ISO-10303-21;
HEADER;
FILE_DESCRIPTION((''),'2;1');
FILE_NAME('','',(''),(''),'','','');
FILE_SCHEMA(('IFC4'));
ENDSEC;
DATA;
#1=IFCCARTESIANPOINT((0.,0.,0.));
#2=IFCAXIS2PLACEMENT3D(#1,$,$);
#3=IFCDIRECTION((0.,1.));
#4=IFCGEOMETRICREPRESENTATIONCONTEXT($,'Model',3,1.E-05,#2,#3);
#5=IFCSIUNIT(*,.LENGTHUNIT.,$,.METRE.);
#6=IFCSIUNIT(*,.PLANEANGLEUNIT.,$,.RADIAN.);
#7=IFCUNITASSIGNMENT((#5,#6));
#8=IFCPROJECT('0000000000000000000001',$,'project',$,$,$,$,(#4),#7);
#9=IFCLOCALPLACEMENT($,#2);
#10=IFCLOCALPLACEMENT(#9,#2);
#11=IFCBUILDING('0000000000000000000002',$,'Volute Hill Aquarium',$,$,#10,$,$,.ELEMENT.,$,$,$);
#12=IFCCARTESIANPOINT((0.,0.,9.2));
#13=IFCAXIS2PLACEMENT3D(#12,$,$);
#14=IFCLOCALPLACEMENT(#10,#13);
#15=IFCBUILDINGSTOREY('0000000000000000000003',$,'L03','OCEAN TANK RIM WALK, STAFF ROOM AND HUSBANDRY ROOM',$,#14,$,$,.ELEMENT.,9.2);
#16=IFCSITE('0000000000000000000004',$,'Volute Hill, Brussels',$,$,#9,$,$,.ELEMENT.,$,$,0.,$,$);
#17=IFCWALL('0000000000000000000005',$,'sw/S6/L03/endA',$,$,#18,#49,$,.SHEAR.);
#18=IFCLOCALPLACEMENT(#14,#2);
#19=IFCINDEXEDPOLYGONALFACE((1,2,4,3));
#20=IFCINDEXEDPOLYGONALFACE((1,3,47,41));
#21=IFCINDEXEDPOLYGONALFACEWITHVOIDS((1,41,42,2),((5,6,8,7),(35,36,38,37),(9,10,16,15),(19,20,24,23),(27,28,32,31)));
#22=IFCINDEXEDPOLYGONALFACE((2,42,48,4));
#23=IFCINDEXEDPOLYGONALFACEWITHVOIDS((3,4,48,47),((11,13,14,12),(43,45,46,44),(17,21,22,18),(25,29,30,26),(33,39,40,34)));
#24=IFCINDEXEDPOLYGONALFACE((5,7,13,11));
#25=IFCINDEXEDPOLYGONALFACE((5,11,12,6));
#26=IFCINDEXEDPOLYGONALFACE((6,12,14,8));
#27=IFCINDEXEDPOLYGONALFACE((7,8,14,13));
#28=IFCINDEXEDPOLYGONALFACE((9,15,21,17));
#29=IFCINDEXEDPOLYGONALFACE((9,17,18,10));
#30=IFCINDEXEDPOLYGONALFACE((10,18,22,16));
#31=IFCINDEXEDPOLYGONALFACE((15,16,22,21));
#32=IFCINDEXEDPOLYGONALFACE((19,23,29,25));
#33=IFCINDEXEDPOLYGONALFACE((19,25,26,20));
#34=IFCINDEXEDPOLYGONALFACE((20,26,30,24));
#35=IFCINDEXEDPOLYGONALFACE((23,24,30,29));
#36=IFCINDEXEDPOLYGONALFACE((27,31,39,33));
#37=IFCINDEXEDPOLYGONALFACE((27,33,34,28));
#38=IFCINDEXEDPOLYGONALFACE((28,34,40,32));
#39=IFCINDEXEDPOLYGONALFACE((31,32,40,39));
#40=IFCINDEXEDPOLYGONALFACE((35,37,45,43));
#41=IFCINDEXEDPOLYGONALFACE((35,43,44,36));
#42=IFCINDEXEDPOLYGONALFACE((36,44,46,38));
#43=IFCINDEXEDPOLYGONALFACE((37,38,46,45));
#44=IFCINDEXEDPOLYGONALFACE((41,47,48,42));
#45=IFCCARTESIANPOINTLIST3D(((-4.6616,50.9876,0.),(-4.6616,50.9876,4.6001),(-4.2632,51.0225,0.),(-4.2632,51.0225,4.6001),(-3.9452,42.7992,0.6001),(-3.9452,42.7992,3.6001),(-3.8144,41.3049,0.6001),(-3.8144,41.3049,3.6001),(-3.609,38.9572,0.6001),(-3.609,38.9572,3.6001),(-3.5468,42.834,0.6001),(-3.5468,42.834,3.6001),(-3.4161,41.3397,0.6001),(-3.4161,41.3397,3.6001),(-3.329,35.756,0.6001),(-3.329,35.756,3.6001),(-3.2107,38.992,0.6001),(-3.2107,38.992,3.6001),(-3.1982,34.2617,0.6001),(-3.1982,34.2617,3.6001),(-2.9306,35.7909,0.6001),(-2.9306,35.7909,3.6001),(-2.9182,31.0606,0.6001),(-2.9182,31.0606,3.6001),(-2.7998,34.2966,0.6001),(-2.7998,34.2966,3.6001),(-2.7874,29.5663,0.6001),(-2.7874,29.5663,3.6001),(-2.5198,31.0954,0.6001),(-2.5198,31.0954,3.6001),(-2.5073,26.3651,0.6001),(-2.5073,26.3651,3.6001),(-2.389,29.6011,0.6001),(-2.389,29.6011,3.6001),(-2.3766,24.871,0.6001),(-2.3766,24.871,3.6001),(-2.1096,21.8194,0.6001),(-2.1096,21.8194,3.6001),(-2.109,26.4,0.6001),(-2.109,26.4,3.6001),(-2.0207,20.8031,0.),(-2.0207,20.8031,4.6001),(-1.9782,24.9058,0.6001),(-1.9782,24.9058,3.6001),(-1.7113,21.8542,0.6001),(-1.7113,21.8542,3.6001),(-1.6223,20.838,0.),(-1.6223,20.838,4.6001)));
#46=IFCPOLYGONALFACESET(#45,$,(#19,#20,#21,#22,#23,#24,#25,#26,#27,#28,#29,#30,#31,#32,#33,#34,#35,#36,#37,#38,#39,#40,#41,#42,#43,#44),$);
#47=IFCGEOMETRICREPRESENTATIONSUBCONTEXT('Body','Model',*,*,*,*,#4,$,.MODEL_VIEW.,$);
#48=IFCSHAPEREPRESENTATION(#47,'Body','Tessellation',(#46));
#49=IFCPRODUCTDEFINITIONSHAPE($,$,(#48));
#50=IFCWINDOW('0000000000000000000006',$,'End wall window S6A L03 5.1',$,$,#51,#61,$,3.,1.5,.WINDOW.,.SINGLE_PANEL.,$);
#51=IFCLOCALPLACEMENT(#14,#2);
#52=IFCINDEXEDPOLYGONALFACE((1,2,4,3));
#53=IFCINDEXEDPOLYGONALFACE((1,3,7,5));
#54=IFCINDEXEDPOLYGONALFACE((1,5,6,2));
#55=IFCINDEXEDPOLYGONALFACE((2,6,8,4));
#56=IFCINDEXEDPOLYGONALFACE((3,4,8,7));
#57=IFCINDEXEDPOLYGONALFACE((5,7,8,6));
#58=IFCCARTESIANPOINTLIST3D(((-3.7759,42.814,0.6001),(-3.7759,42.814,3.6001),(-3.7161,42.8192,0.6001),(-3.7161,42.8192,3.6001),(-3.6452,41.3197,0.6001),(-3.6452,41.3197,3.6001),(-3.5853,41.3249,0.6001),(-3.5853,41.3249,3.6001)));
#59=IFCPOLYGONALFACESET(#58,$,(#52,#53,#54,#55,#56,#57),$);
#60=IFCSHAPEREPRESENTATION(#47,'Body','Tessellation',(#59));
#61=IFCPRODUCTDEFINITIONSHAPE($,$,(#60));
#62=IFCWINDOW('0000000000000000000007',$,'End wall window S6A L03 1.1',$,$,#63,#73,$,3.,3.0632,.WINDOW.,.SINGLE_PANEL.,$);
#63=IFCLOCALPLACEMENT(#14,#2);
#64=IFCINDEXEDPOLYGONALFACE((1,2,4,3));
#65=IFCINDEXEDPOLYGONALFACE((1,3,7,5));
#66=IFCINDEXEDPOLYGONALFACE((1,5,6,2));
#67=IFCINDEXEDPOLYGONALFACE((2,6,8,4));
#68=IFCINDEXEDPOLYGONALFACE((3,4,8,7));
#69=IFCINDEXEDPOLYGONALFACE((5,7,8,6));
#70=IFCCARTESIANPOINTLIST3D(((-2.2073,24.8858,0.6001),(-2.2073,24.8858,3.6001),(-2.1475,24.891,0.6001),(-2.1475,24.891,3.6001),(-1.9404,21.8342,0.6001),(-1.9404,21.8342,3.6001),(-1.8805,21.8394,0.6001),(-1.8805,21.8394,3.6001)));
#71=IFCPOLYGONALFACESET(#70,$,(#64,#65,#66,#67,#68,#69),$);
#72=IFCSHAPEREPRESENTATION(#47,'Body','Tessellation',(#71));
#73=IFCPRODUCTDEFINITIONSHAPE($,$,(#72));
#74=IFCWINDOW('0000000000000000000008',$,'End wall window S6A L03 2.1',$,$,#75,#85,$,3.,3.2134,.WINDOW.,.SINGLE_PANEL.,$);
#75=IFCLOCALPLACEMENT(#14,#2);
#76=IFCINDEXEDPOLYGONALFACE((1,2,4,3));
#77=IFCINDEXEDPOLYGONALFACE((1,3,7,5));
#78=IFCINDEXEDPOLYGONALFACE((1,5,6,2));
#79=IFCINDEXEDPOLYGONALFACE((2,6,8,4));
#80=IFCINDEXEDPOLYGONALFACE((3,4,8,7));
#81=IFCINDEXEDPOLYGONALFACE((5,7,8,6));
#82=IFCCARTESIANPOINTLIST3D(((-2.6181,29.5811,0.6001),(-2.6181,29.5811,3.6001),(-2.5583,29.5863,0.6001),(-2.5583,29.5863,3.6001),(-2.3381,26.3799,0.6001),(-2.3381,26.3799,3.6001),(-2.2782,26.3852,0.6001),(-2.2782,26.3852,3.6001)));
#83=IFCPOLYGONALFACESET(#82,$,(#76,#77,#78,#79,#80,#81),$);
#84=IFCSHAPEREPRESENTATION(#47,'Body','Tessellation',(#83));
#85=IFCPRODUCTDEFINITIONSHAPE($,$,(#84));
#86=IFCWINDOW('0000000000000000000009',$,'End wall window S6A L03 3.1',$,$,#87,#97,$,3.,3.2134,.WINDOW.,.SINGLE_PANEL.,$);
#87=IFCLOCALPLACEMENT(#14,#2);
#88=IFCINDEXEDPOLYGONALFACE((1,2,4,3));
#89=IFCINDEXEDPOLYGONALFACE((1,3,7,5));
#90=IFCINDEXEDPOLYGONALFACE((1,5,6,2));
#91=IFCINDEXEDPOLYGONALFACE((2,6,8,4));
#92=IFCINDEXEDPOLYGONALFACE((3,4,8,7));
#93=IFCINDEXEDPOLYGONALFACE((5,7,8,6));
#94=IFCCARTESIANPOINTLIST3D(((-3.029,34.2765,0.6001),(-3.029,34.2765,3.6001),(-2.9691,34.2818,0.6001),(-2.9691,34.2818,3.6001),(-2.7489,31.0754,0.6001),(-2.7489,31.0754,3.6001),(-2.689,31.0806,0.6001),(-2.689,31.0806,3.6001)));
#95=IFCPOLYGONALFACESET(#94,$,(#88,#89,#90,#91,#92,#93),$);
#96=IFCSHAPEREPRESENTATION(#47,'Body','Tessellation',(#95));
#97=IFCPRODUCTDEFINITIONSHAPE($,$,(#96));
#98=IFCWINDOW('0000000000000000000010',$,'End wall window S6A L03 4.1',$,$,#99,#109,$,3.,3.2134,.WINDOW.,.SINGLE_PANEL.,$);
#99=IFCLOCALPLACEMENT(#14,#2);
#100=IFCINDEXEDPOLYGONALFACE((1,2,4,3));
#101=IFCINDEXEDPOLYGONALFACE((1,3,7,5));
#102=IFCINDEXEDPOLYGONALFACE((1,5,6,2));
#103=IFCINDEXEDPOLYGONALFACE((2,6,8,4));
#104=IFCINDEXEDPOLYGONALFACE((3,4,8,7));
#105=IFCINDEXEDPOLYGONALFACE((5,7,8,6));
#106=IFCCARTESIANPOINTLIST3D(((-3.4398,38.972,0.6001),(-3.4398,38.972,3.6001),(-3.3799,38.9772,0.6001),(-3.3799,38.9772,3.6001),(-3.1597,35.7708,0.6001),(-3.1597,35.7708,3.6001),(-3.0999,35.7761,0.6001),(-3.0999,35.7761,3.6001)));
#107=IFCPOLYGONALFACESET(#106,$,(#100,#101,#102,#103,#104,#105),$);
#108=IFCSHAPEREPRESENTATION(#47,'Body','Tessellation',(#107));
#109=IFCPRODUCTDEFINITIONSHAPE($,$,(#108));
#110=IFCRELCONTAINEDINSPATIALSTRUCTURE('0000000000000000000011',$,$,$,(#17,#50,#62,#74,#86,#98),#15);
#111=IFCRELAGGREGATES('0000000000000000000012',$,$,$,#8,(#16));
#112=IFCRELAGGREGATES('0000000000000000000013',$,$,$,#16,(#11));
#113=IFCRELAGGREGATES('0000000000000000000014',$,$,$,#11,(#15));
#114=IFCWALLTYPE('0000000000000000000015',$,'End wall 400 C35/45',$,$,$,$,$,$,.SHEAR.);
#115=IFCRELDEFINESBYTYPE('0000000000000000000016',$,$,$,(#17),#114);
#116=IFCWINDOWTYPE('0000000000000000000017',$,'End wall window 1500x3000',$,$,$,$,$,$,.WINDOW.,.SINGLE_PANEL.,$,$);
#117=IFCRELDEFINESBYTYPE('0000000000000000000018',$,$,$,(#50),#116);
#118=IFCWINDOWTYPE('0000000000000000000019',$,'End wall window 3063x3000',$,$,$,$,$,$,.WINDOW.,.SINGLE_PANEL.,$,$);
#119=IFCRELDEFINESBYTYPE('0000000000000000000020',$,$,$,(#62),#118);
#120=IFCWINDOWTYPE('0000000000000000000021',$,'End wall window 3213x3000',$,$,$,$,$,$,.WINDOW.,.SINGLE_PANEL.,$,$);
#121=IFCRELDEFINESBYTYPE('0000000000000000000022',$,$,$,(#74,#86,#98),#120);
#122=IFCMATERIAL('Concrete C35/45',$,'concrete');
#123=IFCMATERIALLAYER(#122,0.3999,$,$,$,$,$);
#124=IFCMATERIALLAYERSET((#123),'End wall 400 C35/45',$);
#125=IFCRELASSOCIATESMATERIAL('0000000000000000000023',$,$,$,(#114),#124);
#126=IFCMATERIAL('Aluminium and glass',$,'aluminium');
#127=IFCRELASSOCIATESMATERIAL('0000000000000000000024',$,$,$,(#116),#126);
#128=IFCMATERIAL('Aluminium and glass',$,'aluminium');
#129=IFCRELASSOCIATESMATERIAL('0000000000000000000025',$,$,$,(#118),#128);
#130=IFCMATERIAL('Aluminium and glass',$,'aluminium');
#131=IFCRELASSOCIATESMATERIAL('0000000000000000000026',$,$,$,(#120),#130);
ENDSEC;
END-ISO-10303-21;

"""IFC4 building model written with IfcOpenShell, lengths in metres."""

from ifc_helpers import new_model, si_unit, direction, frame, frame_2d, origin, place, context, subcontext, project, spatial, rectangle, extrude, material, layer, layer_set, type_object, element, fill, save


model = new_model("IFC4")

# Units and contexts
model_context = context("Model", 3, precision=1e-05, world=origin(), true_north=direction((0.0, 1.0)))
body_context = subcontext(model_context, "Body", "Model", "MODEL_VIEW")
ifc_project = project(units=[si_unit("LENGTHUNIT", "METRE"), si_unit("PLANEANGLEUNIT", "RADIAN")], contexts=[model_context])

# Site, building, storey
site_placement = place(None, origin())
site = spatial("IfcSite", under=ifc_project, at=site_placement, Name="Volute Hill, Brussels", CompositionType="ELEMENT", RefElevation=0.0)
building_placement = place(site_placement, origin())
building = spatial("IfcBuilding", under=site, at=building_placement, Name="Volute Hill Aquarium", CompositionType="ELEMENT")
storey_placement = place(building_placement, frame((0.0, 0.0, 9.2)))
storey = spatial("IfcBuildingStorey", under=building, at=storey_placement, Name="L03", Description="OCEAN TANK RIM WALK, STAFF ROOM AND HUSBANDRY ROOM", CompositionType="ELEMENT", Elevation=9.2)

# Wall, openings, windows
ifc_material_1 = material(Name="Concrete C35/45", Category="concrete")
ifc_layer_1 = layer(ifc_material_1, 0.3999)
ifc_layer_set_1 = layer_set([ifc_layer_1], Name="End wall 400 C35/45")
wall_type_1 = type_object("IfcWallType", Name="End wall 400 C35/45", PredefinedType="SHEAR", material=ifc_layer_set_1)
wall_1_placement = place(storey_placement, frame((-1.8215, 20.8206, 0.0), z_axis=(0.0, 0.0, 1.0), x_axis=(-0.087158, 0.996195, 0.0)))
wall_1 = element("IfcWall", 1, at=wall_1_placement, inside=storey, type_object=wall_type_1, Name="sw/S6/L03/endA", PredefinedType="SHEAR", context=body_context, shape_type="SweptSolid", body=[
    extrude(rectangle(XDim=30.2998, YDim=0.3999, at=frame_2d((15.1499, 0.0))), origin(), (0.0, 0.0, 1.0), 4.6001),
])
opening_1_placement = place(wall_1_placement, frame((1.02, 0.0, 0.6001)))
opening_1 = element("IfcOpeningElement", 2, at=opening_1_placement, cuts=wall_1, PredefinedType="OPENING", context=body_context, shape_type="SweptSolid", body=[
    extrude(rectangle(XDim=3.0632, YDim=3.0, at=frame_2d((1.5317, 1.5))), frame((0.0, 0.21, 0.0), z_axis=(0.0, -1.0, 0.0), x_axis=(1.0, 0.0, 0.0)), (0.0, 0.0, 1.0), 0.4199),
])
opening_2_placement = place(wall_1_placement, frame((5.5833, 0.0, 0.6001)))
opening_2 = element("IfcOpeningElement", 3, at=opening_2_placement, cuts=wall_1, PredefinedType="OPENING", context=body_context, shape_type="SweptSolid", body=[
    extrude(rectangle(XDim=3.2134, YDim=3.0, at=frame_2d((1.6067, 1.5))), frame((0.0, 0.21, 0.0), z_axis=(0.0, -1.0, 0.0), x_axis=(1.0, 0.0, 0.0)), (0.0, 0.0, 1.0), 0.4199),
])
opening_3_placement = place(wall_1_placement, frame((10.2966, 0.0, 0.6001)))
opening_3 = element("IfcOpeningElement", 4, at=opening_3_placement, cuts=wall_1, PredefinedType="OPENING", context=body_context, shape_type="SweptSolid", body=[
    extrude(rectangle(XDim=3.2134, YDim=3.0, at=frame_2d((1.6067, 1.5))), frame((0.0, 0.21, 0.0), z_axis=(0.0, -1.0, 0.0), x_axis=(1.0, 0.0, 0.0)), (0.0, 0.0, 1.0), 0.4199),
])
opening_4_placement = place(wall_1_placement, frame((15.01, 0.0, 0.6001)))
opening_4 = element("IfcOpeningElement", 5, at=opening_4_placement, cuts=wall_1, PredefinedType="OPENING", context=body_context, shape_type="SweptSolid", body=[
    extrude(rectangle(XDim=3.2134, YDim=3.0, at=frame_2d((1.6067, 1.5))), frame((0.0, 0.21, 0.0), z_axis=(0.0, -1.0, 0.0), x_axis=(1.0, 0.0, 0.0)), (0.0, 0.0, 1.0), 0.4199),
])
opening_5_placement = place(wall_1_placement, frame((20.5801, 0.0, 0.6001)))
opening_5 = element("IfcOpeningElement", 6, at=opening_5_placement, cuts=wall_1, PredefinedType="OPENING", context=body_context, shape_type="SweptSolid", body=[
    extrude(rectangle(XDim=1.5, YDim=3.0, at=frame_2d((0.75, 1.5))), frame((0.0, 0.21, 0.0), z_axis=(0.0, -1.0, 0.0), x_axis=(1.0, 0.0, 0.0)), (0.0, 0.0, 1.0), 0.4199),
])
ifc_material_2 = material(Name="Aluminium and glass", Category="aluminium")
window_type_1 = type_object("IfcWindowType", Name="End wall window 1500x3000", PartitioningType="SINGLE_PANEL", PredefinedType="WINDOW", material=ifc_material_2)
window_1_placement = place(opening_5_placement, origin())
window_1 = element("IfcWindow", 7, at=window_1_placement, inside=storey, type_object=window_type_1, Name="End wall window S6A L03 5.1", OverallHeight=3.0, OverallWidth=1.5, PartitioningType="SINGLE_PANEL", PredefinedType="WINDOW", context=body_context, shape_type="SweptSolid", body=[
    extrude(rectangle(XDim=1.5, YDim=3.0, at=frame_2d((0.75, 1.5))), frame((0.0, 0.03, 0.0), z_axis=(0.0, -1.0, 0.0), x_axis=(1.0, 0.0, 0.0)), (0.0, 0.0, 1.0), 0.0601),
])
fill(opening_5, window_1)
ifc_material_3 = material(Name="Aluminium and glass", Category="aluminium")
window_type_2 = type_object("IfcWindowType", Name="End wall window 3063x3000", PartitioningType="SINGLE_PANEL", PredefinedType="WINDOW", material=ifc_material_3)
window_2_placement = place(opening_1_placement, origin())
window_2 = element("IfcWindow", 8, at=window_2_placement, inside=storey, type_object=window_type_2, Name="End wall window S6A L03 1.1", OverallHeight=3.0, OverallWidth=3.0632, PartitioningType="SINGLE_PANEL", PredefinedType="WINDOW", context=body_context, shape_type="SweptSolid", body=[
    extrude(rectangle(XDim=3.0632, YDim=3.0, at=frame_2d((1.5317, 1.5))), frame((0.0, 0.03, 0.0), z_axis=(0.0, -1.0, 0.0), x_axis=(1.0, 0.0, 0.0)), (0.0, 0.0, 1.0), 0.0601),
])
fill(opening_1, window_2)
ifc_material_4 = material(Name="Aluminium and glass", Category="aluminium")
window_type_3 = type_object("IfcWindowType", Name="End wall window 3213x3000", PartitioningType="SINGLE_PANEL", PredefinedType="WINDOW", material=ifc_material_4)
window_3_placement = place(opening_2_placement, origin())
window_3 = element("IfcWindow", 9, at=window_3_placement, inside=storey, type_object=window_type_3, Name="End wall window S6A L03 2.1", OverallHeight=3.0, OverallWidth=3.2134, PartitioningType="SINGLE_PANEL", PredefinedType="WINDOW", context=body_context, shape_type="SweptSolid", body=[
    extrude(rectangle(XDim=3.2134, YDim=3.0, at=frame_2d((1.6067, 1.5))), frame((0.0, 0.03, 0.0), z_axis=(0.0, -1.0, 0.0), x_axis=(1.0, 0.0, 0.0)), (0.0, 0.0, 1.0), 0.0601),
])
fill(opening_2, window_3)
window_4_placement = place(opening_3_placement, origin())
window_4 = element("IfcWindow", 10, at=window_4_placement, inside=storey, type_object=window_type_3, Name="End wall window S6A L03 3.1", OverallHeight=3.0, OverallWidth=3.2134, PartitioningType="SINGLE_PANEL", PredefinedType="WINDOW", context=body_context, shape_type="SweptSolid", body=[
    extrude(rectangle(XDim=3.2134, YDim=3.0, at=frame_2d((1.6067, 1.5))), frame((0.0, 0.03, 0.0), z_axis=(0.0, -1.0, 0.0), x_axis=(1.0, 0.0, 0.0)), (0.0, 0.0, 1.0), 0.0601),
])
fill(opening_3, window_4)
window_5_placement = place(opening_4_placement, origin())
window_5 = element("IfcWindow", 11, at=window_5_placement, inside=storey, type_object=window_type_3, Name="End wall window S6A L03 4.1", OverallHeight=3.0, OverallWidth=3.2134, PartitioningType="SINGLE_PANEL", PredefinedType="WINDOW", context=body_context, shape_type="SweptSolid", body=[
    extrude(rectangle(XDim=3.2134, YDim=3.0, at=frame_2d((1.6067, 1.5))), frame((0.0, 0.03, 0.0), z_axis=(0.0, -1.0, 0.0), x_axis=(1.0, 0.0, 0.0)), (0.0, 0.0, 1.0), 0.0601),
])
fill(opening_4, window_5)

save(model, "model.ifc")
